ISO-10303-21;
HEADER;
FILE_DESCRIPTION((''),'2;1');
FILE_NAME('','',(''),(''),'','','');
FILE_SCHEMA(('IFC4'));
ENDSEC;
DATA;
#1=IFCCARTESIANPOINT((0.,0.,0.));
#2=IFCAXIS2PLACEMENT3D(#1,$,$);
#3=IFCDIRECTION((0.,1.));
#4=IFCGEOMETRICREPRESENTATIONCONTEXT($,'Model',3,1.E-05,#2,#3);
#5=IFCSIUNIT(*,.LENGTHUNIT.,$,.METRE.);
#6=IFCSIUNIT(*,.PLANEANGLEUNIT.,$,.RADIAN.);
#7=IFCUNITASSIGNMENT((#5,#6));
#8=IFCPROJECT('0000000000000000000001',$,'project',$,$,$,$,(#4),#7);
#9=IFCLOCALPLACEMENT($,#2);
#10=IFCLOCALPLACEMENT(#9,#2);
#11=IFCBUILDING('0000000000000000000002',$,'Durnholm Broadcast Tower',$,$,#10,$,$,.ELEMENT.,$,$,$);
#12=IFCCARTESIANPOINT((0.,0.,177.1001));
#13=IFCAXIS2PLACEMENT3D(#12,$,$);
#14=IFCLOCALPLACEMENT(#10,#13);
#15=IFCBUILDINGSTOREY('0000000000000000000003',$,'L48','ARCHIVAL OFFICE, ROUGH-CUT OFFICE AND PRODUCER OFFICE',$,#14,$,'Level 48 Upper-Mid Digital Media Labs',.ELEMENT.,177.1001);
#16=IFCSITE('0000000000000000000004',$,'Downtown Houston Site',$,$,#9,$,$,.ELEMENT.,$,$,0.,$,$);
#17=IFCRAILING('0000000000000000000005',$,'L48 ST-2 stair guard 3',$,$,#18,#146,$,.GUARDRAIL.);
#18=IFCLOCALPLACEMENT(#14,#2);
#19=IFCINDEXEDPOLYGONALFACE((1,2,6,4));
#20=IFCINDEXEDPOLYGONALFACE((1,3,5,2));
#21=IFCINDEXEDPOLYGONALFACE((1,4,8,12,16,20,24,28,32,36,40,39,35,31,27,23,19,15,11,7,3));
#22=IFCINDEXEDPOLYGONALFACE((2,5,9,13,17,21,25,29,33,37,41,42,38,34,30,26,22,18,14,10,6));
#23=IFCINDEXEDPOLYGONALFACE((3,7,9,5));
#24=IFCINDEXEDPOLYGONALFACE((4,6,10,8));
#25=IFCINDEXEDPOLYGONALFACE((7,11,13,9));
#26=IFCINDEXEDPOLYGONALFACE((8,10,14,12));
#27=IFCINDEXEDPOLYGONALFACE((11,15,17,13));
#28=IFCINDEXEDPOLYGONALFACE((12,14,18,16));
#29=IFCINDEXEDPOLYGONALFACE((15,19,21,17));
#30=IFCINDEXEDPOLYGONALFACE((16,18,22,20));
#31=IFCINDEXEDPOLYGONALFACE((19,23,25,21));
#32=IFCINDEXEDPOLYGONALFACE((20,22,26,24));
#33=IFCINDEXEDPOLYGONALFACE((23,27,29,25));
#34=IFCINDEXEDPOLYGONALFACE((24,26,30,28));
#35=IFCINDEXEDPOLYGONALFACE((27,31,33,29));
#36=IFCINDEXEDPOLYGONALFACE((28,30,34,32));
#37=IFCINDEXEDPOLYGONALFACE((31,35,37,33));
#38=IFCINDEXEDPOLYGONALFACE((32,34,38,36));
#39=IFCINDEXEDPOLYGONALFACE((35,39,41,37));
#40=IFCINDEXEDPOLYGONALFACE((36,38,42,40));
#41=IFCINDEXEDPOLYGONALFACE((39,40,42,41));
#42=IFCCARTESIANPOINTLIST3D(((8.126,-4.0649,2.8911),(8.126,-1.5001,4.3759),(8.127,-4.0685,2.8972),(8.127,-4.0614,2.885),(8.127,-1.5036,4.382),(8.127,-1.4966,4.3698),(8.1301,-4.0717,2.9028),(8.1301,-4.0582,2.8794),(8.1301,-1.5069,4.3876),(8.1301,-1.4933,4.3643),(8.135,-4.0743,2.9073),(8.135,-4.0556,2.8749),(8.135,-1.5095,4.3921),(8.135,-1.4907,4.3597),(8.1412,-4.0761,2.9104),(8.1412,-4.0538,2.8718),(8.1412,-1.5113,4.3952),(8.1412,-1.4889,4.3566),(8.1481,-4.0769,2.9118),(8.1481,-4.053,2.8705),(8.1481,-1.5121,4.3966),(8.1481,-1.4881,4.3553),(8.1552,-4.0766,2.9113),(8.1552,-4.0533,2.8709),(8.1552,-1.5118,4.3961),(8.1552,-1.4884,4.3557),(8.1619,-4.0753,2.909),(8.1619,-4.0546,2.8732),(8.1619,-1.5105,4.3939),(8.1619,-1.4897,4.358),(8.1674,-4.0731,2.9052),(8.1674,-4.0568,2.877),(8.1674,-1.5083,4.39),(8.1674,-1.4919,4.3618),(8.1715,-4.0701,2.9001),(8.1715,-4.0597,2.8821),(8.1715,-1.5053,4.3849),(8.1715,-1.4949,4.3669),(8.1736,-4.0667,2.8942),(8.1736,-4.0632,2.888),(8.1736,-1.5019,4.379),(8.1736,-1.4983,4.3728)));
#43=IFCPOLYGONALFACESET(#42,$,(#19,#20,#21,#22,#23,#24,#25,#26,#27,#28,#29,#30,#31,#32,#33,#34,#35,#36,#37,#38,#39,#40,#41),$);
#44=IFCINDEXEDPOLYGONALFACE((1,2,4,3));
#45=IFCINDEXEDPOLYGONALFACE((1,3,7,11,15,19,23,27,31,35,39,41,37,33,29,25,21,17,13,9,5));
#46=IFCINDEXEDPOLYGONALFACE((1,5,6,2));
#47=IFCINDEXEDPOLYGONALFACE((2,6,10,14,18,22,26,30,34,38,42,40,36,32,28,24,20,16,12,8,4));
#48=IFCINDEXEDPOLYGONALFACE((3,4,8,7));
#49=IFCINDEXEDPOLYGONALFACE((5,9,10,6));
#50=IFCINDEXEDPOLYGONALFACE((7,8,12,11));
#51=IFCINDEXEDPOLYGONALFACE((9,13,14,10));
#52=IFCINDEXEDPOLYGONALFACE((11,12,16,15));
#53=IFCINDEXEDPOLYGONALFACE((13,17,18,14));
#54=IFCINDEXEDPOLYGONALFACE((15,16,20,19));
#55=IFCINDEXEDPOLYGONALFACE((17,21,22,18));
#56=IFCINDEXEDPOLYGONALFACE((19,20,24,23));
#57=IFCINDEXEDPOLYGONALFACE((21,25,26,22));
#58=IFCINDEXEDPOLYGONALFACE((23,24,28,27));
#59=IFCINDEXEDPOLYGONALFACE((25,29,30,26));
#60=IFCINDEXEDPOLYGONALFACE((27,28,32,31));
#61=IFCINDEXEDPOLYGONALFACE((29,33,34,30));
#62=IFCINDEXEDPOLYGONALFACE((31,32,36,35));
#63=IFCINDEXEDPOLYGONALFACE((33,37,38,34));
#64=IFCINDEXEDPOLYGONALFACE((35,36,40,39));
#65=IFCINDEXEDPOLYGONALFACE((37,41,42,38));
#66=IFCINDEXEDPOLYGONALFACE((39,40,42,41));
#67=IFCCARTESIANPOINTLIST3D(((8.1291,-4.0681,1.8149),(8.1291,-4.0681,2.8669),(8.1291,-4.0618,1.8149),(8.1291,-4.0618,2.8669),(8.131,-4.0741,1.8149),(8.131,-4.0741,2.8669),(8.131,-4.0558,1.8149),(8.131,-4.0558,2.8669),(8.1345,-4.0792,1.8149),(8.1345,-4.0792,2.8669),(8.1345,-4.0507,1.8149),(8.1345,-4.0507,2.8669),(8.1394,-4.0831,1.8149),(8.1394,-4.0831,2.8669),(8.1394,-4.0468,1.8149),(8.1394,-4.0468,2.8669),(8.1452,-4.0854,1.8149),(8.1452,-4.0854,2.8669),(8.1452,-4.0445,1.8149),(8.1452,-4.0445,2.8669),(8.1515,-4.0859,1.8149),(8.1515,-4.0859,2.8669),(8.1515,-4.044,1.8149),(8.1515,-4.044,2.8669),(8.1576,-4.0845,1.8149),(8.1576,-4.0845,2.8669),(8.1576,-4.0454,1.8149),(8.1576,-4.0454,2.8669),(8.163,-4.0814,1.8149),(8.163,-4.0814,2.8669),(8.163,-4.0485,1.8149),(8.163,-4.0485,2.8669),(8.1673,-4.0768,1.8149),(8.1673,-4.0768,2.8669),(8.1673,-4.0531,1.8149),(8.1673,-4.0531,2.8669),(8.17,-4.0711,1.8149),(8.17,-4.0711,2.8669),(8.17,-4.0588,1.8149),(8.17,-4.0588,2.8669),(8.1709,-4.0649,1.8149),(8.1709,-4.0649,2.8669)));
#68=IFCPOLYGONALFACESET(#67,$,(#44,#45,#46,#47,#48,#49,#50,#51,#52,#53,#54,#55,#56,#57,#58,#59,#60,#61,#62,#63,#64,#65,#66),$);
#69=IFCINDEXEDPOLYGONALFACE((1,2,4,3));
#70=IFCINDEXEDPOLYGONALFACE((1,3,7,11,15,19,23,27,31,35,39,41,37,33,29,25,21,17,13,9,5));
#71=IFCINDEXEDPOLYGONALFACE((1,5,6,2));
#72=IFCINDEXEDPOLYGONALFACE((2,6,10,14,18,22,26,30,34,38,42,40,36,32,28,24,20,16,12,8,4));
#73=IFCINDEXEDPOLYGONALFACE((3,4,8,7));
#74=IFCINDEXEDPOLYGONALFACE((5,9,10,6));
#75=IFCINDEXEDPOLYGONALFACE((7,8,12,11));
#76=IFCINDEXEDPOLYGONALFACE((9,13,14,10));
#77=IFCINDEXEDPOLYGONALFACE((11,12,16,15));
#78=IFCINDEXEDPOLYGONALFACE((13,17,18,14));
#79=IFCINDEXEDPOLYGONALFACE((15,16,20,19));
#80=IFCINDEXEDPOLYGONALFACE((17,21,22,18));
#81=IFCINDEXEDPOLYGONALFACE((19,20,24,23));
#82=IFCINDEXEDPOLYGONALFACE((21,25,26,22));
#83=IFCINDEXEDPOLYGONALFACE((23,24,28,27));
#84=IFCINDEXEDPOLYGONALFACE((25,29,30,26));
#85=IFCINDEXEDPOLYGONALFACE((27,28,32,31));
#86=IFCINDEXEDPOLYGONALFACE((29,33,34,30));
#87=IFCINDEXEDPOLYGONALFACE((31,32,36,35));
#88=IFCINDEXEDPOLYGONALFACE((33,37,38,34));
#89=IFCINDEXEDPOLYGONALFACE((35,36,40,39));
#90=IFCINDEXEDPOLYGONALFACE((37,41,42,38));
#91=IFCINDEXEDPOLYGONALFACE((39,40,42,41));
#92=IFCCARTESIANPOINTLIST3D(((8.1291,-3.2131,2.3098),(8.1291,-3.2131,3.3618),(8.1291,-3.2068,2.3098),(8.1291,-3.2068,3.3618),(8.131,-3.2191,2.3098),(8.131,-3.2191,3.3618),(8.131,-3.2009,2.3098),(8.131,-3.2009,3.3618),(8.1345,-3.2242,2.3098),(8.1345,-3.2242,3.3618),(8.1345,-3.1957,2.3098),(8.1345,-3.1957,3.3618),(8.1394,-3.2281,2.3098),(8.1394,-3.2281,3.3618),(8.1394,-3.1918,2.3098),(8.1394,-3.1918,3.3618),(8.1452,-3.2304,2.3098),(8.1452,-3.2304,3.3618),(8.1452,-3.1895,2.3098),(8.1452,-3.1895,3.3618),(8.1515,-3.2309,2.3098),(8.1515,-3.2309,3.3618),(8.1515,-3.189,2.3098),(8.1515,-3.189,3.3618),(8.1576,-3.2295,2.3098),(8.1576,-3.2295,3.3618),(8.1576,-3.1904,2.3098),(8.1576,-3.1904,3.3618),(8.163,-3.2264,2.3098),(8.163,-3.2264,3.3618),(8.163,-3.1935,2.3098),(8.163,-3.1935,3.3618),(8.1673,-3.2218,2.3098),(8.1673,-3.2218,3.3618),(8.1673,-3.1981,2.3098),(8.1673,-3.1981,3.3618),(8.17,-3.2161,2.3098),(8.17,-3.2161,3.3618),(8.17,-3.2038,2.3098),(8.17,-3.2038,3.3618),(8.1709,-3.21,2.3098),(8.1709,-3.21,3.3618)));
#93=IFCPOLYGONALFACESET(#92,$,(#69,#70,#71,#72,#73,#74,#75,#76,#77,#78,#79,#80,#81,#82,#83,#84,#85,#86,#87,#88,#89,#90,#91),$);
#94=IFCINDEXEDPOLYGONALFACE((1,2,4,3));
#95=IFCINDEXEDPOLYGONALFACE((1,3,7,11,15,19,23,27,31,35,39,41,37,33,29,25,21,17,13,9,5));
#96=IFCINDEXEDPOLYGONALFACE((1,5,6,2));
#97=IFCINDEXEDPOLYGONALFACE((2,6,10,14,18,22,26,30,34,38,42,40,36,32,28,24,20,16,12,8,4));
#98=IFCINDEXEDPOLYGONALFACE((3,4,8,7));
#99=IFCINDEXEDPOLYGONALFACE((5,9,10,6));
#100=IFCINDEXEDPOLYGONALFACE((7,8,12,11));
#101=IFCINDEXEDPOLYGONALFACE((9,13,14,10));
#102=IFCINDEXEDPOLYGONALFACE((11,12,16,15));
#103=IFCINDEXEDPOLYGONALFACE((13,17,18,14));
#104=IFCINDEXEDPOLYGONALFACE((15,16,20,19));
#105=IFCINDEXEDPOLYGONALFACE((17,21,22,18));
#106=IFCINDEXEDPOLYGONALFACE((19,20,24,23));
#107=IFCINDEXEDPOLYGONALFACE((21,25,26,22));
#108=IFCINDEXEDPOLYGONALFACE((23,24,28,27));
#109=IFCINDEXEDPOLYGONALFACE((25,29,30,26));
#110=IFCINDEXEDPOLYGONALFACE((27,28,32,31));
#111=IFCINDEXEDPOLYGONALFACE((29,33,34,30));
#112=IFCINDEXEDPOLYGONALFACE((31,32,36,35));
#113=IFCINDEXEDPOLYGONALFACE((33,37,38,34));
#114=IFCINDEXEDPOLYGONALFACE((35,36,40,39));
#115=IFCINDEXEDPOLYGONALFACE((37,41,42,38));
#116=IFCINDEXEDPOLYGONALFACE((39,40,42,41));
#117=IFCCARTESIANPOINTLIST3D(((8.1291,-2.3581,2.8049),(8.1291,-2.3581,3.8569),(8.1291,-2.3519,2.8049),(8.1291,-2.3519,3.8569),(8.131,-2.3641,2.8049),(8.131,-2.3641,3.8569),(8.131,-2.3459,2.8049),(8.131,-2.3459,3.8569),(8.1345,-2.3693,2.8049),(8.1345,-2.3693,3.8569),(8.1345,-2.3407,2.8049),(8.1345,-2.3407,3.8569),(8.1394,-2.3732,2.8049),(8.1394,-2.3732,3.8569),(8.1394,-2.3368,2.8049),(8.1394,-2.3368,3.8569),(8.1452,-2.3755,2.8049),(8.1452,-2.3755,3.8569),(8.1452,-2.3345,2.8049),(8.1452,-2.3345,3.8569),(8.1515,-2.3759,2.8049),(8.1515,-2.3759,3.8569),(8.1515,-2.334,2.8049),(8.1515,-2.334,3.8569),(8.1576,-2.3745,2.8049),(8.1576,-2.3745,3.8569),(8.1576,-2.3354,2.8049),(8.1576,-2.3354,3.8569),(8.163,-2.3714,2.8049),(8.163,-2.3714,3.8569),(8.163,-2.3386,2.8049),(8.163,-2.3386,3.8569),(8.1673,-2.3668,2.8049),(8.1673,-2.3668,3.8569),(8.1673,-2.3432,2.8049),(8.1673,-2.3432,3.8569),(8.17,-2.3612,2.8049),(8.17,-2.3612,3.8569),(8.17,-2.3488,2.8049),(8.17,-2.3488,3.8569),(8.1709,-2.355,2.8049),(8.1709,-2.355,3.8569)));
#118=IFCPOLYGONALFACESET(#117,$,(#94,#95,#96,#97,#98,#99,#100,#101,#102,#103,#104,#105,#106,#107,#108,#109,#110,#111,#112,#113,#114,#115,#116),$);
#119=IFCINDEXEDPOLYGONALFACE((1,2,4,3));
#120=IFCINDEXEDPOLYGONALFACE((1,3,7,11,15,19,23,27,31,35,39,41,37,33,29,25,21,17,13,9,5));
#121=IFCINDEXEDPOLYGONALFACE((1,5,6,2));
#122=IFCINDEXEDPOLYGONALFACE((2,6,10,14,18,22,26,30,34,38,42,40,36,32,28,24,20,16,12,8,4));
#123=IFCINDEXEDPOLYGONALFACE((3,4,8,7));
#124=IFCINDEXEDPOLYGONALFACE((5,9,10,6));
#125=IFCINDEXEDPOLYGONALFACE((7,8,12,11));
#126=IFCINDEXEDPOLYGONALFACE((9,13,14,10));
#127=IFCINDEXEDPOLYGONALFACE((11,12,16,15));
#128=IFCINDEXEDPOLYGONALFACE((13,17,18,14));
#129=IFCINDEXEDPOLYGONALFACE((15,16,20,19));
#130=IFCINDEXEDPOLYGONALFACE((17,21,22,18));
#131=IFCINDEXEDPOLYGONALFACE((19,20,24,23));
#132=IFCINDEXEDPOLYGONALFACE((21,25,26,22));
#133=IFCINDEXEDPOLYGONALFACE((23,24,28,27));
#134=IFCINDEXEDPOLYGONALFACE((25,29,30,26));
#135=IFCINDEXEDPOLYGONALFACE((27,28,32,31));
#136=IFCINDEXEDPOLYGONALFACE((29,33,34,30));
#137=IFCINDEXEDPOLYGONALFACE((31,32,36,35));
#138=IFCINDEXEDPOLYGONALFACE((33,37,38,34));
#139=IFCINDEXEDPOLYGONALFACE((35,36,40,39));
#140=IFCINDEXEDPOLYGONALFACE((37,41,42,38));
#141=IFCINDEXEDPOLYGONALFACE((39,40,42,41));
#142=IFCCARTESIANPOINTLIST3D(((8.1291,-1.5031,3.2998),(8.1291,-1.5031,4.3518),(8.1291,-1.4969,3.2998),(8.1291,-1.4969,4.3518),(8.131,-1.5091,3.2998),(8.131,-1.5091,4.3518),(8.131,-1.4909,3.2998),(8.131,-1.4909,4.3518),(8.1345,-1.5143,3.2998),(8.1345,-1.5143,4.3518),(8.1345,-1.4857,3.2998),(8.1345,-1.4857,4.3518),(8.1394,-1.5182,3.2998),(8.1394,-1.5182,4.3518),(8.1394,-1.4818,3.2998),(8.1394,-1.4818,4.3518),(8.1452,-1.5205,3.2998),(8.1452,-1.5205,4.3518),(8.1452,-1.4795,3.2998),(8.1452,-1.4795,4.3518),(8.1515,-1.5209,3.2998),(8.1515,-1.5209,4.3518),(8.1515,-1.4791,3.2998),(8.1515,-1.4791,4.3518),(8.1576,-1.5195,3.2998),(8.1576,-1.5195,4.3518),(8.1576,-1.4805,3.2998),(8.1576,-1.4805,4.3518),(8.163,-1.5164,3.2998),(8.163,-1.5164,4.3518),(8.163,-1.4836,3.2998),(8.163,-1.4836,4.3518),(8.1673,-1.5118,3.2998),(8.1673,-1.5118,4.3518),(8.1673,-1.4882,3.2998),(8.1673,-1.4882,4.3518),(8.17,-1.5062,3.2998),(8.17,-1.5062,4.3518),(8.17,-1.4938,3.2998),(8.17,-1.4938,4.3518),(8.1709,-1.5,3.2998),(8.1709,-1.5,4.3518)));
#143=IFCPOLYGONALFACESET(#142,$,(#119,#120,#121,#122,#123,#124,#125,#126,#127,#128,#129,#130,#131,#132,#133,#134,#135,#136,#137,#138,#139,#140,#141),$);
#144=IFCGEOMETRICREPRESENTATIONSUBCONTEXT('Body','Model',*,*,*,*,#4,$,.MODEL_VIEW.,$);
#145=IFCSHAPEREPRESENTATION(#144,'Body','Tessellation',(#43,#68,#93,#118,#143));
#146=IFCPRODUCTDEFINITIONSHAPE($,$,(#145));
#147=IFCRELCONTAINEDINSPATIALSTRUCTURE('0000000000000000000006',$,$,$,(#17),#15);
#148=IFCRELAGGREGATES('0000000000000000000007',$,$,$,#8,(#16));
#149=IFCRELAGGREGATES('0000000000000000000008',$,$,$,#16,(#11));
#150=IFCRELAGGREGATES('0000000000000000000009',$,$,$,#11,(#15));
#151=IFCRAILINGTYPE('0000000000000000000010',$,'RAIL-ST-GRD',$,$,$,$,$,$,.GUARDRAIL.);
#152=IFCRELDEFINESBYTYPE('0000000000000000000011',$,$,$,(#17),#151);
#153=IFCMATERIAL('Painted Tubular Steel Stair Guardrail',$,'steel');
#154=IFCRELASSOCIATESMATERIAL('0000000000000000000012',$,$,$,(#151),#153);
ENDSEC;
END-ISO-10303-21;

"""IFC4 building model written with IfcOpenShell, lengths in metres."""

from ifc_helpers import new_model, si_unit, direction, frame, origin, origin_2d, place, context, subcontext, project, spatial, circle, extrude, material, type_object, element, save


model = new_model("IFC4")

# Units and contexts
model_context = context("Model", 3, precision=1e-05, world=origin(), true_north=direction((0.0, 1.0)))
body_context = subcontext(model_context, "Body", "Model", "MODEL_VIEW")
ifc_project = project(units=[si_unit("LENGTHUNIT", "METRE"), si_unit("PLANEANGLEUNIT", "RADIAN")], contexts=[model_context])

# Site, building, storey
site_placement = place(None, origin())
site = spatial("IfcSite", under=ifc_project, at=site_placement, Name="Downtown Houston Site", CompositionType="ELEMENT", RefElevation=0.0)
building_placement = place(site_placement, origin())
building = spatial("IfcBuilding", under=site, at=building_placement, Name="Durnholm Broadcast Tower", CompositionType="ELEMENT")
storey_placement = place(building_placement, frame((0.0, 0.0, 177.1001)))
storey = spatial("IfcBuildingStorey", under=building, at=storey_placement, Name="L48", Description="ARCHIVAL OFFICE, ROUGH-CUT OFFICE AND PRODUCER OFFICE", LongName="Level 48 Upper-Mid Digital Media Labs", CompositionType="ELEMENT", Elevation=177.1001)

# Railing
ifc_material_1 = material(Name="Painted Tubular Steel Stair Guardrail", Category="steel")
railing_type_1 = type_object("IfcRailingType", Name="RAIL-ST-GRD", PredefinedType="GUARDRAIL", material=ifc_material_1)
railing_1_placement = place(storey_placement, frame((8.1499, -4.0649, 1.8149)))
element("IfcRailing", 1, at=railing_1_placement, inside=storey, type_object=railing_type_1, Name="L48 ST-2 stair guard 3", PredefinedType="GUARDRAIL", context=body_context, shape_type="SweptSolid", body=[
    extrude(circle(Radius=0.0239, at=origin_2d()), frame((0.0, 0.0, 1.0762), z_axis=(0.0, 0.865441, 0.50101), x_axis=(-1.0, 0.0, 0.0)), (0.0, 0.0, 1.0), 2.9636),
    extrude(circle(Radius=0.021, at=origin_2d()), origin(), (0.0, 0.0, 1.0), 1.052),
    extrude(circle(Radius=0.021, at=origin_2d()), frame((0.0, 0.855, 0.4949)), (0.0, 0.0, 1.0), 1.052),
    extrude(circle(Radius=0.021, at=origin_2d()), frame((0.0, 1.71, 0.99)), (0.0, 0.0, 1.0), 1.052),
    extrude(circle(Radius=0.021, at=origin_2d()), frame((0.0, 2.5649, 1.4849)), (0.0, 0.0, 1.0), 1.052),
])

save(model, "model.ifc")
